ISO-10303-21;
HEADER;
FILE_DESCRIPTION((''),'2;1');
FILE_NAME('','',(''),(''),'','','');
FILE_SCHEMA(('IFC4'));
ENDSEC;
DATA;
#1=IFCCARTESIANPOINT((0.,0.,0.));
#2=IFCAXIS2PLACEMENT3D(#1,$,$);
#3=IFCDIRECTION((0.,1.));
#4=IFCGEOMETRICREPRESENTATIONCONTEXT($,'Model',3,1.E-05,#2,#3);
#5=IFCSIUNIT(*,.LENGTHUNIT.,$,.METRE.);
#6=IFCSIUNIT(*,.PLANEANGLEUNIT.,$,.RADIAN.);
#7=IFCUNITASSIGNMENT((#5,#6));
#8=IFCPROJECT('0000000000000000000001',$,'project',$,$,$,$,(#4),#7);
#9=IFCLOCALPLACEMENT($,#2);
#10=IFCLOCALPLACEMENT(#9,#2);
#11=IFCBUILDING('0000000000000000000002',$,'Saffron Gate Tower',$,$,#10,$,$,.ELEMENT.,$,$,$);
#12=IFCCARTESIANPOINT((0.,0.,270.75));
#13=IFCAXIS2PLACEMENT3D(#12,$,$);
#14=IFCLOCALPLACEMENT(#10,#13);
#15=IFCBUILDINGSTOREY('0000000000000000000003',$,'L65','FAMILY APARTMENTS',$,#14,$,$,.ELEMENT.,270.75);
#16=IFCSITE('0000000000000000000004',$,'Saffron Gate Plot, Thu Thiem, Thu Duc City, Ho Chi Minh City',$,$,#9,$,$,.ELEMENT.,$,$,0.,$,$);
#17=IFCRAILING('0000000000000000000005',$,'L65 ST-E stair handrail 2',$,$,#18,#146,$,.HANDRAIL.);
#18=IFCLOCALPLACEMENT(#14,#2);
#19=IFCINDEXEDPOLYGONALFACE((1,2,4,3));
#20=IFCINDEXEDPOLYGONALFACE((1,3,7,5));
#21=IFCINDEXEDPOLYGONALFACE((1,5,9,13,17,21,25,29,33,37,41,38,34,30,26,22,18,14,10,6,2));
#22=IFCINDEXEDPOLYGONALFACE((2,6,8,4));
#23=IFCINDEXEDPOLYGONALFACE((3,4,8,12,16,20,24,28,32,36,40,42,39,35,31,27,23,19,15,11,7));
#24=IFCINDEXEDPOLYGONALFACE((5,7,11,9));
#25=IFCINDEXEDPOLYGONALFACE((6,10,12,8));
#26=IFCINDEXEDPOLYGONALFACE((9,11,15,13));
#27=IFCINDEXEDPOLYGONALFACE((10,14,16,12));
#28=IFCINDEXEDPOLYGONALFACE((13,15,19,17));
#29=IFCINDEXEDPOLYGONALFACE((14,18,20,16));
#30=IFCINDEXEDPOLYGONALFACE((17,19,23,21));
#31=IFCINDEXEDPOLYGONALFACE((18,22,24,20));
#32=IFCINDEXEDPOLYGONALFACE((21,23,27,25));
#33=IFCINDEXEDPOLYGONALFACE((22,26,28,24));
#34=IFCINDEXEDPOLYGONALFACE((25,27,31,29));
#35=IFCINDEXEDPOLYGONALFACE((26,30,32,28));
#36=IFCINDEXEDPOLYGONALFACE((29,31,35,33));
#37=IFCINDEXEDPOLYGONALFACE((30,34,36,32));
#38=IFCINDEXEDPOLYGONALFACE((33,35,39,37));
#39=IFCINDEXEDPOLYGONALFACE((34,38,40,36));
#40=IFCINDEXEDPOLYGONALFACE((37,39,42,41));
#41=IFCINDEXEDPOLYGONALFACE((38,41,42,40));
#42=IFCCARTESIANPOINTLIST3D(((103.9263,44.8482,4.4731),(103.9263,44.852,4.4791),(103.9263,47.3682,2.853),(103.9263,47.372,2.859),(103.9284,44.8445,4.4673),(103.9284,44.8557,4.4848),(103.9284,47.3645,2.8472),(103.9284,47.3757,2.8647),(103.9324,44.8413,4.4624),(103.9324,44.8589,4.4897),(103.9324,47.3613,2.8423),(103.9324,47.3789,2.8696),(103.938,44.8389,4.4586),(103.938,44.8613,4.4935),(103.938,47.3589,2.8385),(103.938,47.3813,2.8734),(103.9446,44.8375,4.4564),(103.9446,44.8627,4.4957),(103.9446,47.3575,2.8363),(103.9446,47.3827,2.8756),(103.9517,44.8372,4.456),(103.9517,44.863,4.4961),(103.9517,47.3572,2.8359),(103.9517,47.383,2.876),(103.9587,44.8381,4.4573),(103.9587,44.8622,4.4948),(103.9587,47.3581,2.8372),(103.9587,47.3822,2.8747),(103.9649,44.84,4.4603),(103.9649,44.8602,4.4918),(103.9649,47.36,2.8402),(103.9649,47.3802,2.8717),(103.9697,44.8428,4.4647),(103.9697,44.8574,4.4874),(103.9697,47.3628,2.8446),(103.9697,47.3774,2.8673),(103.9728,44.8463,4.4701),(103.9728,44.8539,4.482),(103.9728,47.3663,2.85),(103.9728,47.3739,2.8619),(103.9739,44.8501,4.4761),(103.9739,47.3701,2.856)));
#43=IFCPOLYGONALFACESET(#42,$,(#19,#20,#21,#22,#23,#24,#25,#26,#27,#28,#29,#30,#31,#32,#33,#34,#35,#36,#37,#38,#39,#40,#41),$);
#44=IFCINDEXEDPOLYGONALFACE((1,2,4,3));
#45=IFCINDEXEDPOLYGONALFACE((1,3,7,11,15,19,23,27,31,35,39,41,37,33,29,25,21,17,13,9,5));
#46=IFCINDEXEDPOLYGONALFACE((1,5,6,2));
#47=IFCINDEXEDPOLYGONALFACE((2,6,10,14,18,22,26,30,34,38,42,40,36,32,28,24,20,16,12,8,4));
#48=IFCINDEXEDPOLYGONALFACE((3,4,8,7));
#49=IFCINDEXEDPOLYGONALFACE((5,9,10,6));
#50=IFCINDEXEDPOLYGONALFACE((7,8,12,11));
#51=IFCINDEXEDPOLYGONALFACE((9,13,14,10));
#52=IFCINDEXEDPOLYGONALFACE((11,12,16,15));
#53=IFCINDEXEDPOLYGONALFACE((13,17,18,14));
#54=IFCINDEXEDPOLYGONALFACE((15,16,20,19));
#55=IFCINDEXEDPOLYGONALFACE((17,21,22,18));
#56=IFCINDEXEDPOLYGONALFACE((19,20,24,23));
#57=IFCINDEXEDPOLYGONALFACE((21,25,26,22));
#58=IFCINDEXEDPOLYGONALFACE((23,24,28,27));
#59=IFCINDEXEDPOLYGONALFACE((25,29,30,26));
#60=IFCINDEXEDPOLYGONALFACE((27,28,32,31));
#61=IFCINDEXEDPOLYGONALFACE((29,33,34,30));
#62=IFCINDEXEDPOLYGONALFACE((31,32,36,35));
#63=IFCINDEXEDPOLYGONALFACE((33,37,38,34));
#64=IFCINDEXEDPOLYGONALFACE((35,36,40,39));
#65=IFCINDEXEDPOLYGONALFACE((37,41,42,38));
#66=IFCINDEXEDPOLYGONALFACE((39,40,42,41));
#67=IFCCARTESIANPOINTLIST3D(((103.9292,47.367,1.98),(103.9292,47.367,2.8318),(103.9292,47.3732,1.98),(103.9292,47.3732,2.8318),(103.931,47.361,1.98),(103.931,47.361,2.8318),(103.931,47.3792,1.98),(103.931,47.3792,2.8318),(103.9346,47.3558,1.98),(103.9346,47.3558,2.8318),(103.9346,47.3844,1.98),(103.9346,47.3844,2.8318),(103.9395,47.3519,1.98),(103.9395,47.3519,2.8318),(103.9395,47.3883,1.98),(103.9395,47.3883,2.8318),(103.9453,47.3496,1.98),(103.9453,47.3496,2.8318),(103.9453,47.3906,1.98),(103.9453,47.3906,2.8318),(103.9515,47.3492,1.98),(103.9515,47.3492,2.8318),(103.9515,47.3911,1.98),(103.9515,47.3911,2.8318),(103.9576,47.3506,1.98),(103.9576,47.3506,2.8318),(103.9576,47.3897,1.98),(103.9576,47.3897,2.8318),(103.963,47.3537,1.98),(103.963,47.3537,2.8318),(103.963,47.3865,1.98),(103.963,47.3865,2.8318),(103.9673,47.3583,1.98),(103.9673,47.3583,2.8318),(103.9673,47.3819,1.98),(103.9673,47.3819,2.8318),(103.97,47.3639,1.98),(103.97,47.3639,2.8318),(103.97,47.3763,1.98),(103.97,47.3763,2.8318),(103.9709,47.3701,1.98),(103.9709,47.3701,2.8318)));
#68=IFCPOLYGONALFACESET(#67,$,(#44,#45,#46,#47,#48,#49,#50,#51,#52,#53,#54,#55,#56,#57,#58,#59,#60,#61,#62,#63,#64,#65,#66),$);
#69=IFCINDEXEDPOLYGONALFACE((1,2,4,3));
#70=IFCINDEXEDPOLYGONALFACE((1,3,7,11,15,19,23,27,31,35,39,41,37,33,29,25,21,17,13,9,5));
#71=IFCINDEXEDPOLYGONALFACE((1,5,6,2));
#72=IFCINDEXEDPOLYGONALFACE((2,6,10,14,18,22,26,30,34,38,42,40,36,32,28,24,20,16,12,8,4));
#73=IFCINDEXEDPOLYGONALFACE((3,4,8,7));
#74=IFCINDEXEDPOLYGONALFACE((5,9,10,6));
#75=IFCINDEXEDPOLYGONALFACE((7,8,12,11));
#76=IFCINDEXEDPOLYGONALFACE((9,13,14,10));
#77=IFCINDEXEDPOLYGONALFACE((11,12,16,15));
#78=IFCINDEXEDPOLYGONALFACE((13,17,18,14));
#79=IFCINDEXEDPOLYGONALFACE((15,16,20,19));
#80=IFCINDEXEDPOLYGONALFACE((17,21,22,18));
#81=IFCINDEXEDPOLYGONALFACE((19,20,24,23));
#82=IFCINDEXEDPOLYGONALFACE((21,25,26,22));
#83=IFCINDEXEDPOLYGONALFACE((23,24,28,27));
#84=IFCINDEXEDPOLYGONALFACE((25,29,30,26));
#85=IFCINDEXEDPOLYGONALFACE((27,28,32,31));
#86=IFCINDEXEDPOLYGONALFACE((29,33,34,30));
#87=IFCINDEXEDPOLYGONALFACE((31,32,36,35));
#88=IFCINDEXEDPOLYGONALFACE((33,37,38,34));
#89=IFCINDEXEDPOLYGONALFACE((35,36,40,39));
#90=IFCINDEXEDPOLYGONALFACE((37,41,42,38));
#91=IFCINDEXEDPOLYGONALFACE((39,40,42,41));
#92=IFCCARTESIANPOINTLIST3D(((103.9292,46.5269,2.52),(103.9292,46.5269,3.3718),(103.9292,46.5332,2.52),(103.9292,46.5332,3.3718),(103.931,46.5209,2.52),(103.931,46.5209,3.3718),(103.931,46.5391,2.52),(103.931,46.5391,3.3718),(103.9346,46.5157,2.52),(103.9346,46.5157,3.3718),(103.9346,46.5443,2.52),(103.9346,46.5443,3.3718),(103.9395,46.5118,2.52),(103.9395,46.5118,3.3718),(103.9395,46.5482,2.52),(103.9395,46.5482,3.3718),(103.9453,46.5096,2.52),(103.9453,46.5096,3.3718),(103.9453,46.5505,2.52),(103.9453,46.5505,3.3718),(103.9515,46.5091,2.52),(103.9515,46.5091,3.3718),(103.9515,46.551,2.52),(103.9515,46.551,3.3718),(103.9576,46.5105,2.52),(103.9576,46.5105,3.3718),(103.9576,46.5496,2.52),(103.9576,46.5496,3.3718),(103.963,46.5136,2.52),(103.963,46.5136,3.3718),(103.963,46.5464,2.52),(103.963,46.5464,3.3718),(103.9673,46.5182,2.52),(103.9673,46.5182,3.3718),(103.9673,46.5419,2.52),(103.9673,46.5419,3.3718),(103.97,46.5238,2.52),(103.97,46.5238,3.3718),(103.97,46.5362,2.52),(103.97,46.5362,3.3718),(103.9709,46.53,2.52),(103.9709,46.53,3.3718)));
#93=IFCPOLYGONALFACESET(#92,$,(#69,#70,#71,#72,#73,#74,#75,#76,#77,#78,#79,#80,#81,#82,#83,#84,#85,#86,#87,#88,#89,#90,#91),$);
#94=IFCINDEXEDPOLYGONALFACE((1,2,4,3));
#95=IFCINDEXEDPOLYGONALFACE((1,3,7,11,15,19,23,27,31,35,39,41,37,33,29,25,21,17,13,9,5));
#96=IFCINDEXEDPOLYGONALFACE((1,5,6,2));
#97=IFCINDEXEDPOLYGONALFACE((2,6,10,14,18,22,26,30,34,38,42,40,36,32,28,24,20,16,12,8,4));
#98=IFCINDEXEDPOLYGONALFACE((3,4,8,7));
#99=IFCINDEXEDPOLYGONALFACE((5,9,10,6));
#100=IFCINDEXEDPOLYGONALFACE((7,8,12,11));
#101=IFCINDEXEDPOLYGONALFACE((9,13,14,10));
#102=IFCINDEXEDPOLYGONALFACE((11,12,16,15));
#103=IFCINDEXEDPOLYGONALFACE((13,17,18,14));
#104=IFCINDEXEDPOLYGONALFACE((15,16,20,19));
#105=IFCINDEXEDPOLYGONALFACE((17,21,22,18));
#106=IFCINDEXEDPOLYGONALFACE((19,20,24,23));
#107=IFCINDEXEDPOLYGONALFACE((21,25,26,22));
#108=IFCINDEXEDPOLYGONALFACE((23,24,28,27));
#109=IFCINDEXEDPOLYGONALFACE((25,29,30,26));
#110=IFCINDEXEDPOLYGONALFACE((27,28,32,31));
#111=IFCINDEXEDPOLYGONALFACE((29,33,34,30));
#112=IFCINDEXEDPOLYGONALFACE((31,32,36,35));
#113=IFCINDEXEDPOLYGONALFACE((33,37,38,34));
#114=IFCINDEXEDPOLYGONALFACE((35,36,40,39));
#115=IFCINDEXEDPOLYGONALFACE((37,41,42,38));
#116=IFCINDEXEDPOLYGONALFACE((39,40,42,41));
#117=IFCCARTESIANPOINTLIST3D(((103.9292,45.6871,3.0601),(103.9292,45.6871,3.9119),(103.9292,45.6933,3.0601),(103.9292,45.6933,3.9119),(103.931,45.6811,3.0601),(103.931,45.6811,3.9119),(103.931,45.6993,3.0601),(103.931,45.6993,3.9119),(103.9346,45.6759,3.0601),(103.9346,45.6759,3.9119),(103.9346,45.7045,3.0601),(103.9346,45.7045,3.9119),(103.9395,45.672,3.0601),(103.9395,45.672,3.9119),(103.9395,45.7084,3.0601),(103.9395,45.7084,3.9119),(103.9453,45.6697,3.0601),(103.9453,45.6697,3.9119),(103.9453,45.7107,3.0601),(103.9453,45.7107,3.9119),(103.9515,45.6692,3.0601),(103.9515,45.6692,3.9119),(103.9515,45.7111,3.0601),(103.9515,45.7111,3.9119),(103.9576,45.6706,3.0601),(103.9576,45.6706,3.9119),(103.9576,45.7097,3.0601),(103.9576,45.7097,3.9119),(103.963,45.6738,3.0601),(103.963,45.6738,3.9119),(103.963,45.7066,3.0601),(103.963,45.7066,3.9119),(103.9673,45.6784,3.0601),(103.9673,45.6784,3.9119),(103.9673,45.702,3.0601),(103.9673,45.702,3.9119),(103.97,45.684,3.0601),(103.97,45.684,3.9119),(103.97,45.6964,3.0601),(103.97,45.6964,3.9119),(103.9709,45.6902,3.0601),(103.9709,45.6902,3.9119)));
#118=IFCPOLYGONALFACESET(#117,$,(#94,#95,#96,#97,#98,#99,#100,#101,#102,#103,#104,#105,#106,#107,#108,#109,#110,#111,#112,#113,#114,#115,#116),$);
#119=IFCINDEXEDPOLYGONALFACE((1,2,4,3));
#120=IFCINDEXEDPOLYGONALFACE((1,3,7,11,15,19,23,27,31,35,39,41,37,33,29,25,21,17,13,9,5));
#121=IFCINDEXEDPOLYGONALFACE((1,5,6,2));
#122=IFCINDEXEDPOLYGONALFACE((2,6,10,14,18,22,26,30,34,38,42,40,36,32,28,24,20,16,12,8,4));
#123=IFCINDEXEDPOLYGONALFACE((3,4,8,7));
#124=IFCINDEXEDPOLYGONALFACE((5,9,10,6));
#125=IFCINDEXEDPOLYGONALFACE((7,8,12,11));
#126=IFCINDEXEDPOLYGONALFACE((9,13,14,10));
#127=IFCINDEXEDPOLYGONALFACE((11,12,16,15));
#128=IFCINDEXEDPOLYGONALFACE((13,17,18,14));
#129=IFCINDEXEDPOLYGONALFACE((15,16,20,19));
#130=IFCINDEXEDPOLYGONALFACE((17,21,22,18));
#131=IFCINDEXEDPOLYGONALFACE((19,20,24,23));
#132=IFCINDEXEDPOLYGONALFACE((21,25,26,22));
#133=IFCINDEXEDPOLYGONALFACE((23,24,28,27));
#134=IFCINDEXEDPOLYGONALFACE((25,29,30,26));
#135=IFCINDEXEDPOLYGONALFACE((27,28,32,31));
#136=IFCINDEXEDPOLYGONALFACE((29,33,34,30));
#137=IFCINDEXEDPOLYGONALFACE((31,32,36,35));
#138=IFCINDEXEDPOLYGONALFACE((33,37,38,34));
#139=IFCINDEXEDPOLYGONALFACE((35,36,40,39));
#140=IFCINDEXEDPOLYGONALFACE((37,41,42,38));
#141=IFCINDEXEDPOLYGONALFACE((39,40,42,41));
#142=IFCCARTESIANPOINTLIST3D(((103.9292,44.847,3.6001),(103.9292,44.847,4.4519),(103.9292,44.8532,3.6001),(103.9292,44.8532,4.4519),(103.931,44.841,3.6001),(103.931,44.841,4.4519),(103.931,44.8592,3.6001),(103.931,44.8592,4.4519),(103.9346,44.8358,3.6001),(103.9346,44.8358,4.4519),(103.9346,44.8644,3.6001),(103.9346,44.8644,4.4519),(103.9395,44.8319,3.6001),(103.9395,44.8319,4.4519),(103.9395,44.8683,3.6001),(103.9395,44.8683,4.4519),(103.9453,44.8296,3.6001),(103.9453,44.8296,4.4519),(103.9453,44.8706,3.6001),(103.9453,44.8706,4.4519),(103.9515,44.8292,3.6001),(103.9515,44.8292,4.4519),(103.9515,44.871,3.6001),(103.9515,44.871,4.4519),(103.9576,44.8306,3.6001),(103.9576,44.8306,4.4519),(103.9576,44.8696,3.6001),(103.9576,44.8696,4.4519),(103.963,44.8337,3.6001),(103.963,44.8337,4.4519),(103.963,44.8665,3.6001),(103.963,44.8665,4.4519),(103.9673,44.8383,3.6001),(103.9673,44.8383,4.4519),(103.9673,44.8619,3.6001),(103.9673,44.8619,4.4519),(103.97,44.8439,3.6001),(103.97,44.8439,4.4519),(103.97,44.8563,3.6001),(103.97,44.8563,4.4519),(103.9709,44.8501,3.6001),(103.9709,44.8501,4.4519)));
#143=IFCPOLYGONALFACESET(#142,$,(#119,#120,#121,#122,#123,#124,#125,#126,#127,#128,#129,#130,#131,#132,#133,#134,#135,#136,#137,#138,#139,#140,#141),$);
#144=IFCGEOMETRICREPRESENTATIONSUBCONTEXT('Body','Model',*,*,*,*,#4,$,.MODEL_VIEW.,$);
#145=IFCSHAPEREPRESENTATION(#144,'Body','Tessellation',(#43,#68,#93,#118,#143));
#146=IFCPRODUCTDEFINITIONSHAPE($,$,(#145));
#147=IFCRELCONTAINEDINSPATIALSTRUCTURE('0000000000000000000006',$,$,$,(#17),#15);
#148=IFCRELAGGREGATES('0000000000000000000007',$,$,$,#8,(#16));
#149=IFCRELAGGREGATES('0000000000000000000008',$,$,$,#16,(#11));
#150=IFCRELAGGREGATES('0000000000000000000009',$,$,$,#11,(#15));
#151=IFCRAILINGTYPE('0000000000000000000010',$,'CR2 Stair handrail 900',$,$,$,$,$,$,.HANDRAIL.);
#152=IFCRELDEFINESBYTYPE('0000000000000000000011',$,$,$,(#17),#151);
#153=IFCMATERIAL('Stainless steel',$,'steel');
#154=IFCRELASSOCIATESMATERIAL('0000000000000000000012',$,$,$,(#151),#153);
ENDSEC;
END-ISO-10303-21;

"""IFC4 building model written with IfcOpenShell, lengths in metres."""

from ifc_helpers import new_model, si_unit, direction, frame, origin, origin_2d, place, context, subcontext, project, spatial, circle, extrude, material, type_object, element, save


model = new_model("IFC4")

# Units and contexts
model_context = context("Model", 3, precision=1e-05, world=origin(), true_north=direction((0.0, 1.0)))
body_context = subcontext(model_context, "Body", "Model", "MODEL_VIEW")
ifc_project = project(units=[si_unit("LENGTHUNIT", "METRE"), si_unit("PLANEANGLEUNIT", "RADIAN")], contexts=[model_context])

# Site, building, storey
site_placement = place(None, origin())
site = spatial("IfcSite", under=ifc_project, at=site_placement, Name="Saffron Gate Plot, Thu Thiem, Thu Duc City, Ho Chi Minh City", CompositionType="ELEMENT", RefElevation=0.0)
building_placement = place(site_placement, origin())
building = spatial("IfcBuilding", under=site, at=building_placement, Name="Saffron Gate Tower", CompositionType="ELEMENT")
storey_placement = place(building_placement, frame((0.0, 0.0, 270.75)))
storey = spatial("IfcBuildingStorey", under=building, at=storey_placement, Name="L65", Description="FAMILY APARTMENTS", CompositionType="ELEMENT", Elevation=270.75)

# Railing
ifc_material_1 = material(Name="Stainless steel", Category="steel")
railing_type_1 = type_object("IfcRailingType", Name="CR2 Stair handrail 900", PredefinedType="HANDRAIL", material=ifc_material_1)
railing_1_placement = place(storey_placement, frame((103.95, 47.3701, 1.98)))
element("IfcRailing", 1, at=railing_1_placement, inside=storey, type_object=railing_type_1, Name="L65 ST-E stair handrail 2", PredefinedType="HANDRAIL", context=body_context, shape_type="SweptSolid", body=[
    extrude(circle(Radius=0.0239, at=origin_2d()), frame((0.0, 0.0, 0.876), z_axis=(0.0, -0.841163, 0.540782), x_axis=(1.0, 0.0, 0.0)), (0.0, 0.0, 1.0), 2.9958),
    extrude(circle(Radius=0.021, at=origin_2d()), origin(), (0.0, 0.0, 1.0), 0.8518),
    extrude(circle(Radius=0.021, at=origin_2d()), frame((0.0, -0.8401, 0.54)), (0.0, 0.0, 1.0), 0.8518),
    extrude(circle(Radius=0.021, at=origin_2d()), frame((0.0, -1.6799, 1.0801)), (0.0, 0.0, 1.0), 0.8518),
    extrude(circle(Radius=0.021, at=origin_2d()), frame((0.0, -2.52, 1.6201)), (0.0, 0.0, 1.0), 0.8518),
])

save(model, "model.ifc")
